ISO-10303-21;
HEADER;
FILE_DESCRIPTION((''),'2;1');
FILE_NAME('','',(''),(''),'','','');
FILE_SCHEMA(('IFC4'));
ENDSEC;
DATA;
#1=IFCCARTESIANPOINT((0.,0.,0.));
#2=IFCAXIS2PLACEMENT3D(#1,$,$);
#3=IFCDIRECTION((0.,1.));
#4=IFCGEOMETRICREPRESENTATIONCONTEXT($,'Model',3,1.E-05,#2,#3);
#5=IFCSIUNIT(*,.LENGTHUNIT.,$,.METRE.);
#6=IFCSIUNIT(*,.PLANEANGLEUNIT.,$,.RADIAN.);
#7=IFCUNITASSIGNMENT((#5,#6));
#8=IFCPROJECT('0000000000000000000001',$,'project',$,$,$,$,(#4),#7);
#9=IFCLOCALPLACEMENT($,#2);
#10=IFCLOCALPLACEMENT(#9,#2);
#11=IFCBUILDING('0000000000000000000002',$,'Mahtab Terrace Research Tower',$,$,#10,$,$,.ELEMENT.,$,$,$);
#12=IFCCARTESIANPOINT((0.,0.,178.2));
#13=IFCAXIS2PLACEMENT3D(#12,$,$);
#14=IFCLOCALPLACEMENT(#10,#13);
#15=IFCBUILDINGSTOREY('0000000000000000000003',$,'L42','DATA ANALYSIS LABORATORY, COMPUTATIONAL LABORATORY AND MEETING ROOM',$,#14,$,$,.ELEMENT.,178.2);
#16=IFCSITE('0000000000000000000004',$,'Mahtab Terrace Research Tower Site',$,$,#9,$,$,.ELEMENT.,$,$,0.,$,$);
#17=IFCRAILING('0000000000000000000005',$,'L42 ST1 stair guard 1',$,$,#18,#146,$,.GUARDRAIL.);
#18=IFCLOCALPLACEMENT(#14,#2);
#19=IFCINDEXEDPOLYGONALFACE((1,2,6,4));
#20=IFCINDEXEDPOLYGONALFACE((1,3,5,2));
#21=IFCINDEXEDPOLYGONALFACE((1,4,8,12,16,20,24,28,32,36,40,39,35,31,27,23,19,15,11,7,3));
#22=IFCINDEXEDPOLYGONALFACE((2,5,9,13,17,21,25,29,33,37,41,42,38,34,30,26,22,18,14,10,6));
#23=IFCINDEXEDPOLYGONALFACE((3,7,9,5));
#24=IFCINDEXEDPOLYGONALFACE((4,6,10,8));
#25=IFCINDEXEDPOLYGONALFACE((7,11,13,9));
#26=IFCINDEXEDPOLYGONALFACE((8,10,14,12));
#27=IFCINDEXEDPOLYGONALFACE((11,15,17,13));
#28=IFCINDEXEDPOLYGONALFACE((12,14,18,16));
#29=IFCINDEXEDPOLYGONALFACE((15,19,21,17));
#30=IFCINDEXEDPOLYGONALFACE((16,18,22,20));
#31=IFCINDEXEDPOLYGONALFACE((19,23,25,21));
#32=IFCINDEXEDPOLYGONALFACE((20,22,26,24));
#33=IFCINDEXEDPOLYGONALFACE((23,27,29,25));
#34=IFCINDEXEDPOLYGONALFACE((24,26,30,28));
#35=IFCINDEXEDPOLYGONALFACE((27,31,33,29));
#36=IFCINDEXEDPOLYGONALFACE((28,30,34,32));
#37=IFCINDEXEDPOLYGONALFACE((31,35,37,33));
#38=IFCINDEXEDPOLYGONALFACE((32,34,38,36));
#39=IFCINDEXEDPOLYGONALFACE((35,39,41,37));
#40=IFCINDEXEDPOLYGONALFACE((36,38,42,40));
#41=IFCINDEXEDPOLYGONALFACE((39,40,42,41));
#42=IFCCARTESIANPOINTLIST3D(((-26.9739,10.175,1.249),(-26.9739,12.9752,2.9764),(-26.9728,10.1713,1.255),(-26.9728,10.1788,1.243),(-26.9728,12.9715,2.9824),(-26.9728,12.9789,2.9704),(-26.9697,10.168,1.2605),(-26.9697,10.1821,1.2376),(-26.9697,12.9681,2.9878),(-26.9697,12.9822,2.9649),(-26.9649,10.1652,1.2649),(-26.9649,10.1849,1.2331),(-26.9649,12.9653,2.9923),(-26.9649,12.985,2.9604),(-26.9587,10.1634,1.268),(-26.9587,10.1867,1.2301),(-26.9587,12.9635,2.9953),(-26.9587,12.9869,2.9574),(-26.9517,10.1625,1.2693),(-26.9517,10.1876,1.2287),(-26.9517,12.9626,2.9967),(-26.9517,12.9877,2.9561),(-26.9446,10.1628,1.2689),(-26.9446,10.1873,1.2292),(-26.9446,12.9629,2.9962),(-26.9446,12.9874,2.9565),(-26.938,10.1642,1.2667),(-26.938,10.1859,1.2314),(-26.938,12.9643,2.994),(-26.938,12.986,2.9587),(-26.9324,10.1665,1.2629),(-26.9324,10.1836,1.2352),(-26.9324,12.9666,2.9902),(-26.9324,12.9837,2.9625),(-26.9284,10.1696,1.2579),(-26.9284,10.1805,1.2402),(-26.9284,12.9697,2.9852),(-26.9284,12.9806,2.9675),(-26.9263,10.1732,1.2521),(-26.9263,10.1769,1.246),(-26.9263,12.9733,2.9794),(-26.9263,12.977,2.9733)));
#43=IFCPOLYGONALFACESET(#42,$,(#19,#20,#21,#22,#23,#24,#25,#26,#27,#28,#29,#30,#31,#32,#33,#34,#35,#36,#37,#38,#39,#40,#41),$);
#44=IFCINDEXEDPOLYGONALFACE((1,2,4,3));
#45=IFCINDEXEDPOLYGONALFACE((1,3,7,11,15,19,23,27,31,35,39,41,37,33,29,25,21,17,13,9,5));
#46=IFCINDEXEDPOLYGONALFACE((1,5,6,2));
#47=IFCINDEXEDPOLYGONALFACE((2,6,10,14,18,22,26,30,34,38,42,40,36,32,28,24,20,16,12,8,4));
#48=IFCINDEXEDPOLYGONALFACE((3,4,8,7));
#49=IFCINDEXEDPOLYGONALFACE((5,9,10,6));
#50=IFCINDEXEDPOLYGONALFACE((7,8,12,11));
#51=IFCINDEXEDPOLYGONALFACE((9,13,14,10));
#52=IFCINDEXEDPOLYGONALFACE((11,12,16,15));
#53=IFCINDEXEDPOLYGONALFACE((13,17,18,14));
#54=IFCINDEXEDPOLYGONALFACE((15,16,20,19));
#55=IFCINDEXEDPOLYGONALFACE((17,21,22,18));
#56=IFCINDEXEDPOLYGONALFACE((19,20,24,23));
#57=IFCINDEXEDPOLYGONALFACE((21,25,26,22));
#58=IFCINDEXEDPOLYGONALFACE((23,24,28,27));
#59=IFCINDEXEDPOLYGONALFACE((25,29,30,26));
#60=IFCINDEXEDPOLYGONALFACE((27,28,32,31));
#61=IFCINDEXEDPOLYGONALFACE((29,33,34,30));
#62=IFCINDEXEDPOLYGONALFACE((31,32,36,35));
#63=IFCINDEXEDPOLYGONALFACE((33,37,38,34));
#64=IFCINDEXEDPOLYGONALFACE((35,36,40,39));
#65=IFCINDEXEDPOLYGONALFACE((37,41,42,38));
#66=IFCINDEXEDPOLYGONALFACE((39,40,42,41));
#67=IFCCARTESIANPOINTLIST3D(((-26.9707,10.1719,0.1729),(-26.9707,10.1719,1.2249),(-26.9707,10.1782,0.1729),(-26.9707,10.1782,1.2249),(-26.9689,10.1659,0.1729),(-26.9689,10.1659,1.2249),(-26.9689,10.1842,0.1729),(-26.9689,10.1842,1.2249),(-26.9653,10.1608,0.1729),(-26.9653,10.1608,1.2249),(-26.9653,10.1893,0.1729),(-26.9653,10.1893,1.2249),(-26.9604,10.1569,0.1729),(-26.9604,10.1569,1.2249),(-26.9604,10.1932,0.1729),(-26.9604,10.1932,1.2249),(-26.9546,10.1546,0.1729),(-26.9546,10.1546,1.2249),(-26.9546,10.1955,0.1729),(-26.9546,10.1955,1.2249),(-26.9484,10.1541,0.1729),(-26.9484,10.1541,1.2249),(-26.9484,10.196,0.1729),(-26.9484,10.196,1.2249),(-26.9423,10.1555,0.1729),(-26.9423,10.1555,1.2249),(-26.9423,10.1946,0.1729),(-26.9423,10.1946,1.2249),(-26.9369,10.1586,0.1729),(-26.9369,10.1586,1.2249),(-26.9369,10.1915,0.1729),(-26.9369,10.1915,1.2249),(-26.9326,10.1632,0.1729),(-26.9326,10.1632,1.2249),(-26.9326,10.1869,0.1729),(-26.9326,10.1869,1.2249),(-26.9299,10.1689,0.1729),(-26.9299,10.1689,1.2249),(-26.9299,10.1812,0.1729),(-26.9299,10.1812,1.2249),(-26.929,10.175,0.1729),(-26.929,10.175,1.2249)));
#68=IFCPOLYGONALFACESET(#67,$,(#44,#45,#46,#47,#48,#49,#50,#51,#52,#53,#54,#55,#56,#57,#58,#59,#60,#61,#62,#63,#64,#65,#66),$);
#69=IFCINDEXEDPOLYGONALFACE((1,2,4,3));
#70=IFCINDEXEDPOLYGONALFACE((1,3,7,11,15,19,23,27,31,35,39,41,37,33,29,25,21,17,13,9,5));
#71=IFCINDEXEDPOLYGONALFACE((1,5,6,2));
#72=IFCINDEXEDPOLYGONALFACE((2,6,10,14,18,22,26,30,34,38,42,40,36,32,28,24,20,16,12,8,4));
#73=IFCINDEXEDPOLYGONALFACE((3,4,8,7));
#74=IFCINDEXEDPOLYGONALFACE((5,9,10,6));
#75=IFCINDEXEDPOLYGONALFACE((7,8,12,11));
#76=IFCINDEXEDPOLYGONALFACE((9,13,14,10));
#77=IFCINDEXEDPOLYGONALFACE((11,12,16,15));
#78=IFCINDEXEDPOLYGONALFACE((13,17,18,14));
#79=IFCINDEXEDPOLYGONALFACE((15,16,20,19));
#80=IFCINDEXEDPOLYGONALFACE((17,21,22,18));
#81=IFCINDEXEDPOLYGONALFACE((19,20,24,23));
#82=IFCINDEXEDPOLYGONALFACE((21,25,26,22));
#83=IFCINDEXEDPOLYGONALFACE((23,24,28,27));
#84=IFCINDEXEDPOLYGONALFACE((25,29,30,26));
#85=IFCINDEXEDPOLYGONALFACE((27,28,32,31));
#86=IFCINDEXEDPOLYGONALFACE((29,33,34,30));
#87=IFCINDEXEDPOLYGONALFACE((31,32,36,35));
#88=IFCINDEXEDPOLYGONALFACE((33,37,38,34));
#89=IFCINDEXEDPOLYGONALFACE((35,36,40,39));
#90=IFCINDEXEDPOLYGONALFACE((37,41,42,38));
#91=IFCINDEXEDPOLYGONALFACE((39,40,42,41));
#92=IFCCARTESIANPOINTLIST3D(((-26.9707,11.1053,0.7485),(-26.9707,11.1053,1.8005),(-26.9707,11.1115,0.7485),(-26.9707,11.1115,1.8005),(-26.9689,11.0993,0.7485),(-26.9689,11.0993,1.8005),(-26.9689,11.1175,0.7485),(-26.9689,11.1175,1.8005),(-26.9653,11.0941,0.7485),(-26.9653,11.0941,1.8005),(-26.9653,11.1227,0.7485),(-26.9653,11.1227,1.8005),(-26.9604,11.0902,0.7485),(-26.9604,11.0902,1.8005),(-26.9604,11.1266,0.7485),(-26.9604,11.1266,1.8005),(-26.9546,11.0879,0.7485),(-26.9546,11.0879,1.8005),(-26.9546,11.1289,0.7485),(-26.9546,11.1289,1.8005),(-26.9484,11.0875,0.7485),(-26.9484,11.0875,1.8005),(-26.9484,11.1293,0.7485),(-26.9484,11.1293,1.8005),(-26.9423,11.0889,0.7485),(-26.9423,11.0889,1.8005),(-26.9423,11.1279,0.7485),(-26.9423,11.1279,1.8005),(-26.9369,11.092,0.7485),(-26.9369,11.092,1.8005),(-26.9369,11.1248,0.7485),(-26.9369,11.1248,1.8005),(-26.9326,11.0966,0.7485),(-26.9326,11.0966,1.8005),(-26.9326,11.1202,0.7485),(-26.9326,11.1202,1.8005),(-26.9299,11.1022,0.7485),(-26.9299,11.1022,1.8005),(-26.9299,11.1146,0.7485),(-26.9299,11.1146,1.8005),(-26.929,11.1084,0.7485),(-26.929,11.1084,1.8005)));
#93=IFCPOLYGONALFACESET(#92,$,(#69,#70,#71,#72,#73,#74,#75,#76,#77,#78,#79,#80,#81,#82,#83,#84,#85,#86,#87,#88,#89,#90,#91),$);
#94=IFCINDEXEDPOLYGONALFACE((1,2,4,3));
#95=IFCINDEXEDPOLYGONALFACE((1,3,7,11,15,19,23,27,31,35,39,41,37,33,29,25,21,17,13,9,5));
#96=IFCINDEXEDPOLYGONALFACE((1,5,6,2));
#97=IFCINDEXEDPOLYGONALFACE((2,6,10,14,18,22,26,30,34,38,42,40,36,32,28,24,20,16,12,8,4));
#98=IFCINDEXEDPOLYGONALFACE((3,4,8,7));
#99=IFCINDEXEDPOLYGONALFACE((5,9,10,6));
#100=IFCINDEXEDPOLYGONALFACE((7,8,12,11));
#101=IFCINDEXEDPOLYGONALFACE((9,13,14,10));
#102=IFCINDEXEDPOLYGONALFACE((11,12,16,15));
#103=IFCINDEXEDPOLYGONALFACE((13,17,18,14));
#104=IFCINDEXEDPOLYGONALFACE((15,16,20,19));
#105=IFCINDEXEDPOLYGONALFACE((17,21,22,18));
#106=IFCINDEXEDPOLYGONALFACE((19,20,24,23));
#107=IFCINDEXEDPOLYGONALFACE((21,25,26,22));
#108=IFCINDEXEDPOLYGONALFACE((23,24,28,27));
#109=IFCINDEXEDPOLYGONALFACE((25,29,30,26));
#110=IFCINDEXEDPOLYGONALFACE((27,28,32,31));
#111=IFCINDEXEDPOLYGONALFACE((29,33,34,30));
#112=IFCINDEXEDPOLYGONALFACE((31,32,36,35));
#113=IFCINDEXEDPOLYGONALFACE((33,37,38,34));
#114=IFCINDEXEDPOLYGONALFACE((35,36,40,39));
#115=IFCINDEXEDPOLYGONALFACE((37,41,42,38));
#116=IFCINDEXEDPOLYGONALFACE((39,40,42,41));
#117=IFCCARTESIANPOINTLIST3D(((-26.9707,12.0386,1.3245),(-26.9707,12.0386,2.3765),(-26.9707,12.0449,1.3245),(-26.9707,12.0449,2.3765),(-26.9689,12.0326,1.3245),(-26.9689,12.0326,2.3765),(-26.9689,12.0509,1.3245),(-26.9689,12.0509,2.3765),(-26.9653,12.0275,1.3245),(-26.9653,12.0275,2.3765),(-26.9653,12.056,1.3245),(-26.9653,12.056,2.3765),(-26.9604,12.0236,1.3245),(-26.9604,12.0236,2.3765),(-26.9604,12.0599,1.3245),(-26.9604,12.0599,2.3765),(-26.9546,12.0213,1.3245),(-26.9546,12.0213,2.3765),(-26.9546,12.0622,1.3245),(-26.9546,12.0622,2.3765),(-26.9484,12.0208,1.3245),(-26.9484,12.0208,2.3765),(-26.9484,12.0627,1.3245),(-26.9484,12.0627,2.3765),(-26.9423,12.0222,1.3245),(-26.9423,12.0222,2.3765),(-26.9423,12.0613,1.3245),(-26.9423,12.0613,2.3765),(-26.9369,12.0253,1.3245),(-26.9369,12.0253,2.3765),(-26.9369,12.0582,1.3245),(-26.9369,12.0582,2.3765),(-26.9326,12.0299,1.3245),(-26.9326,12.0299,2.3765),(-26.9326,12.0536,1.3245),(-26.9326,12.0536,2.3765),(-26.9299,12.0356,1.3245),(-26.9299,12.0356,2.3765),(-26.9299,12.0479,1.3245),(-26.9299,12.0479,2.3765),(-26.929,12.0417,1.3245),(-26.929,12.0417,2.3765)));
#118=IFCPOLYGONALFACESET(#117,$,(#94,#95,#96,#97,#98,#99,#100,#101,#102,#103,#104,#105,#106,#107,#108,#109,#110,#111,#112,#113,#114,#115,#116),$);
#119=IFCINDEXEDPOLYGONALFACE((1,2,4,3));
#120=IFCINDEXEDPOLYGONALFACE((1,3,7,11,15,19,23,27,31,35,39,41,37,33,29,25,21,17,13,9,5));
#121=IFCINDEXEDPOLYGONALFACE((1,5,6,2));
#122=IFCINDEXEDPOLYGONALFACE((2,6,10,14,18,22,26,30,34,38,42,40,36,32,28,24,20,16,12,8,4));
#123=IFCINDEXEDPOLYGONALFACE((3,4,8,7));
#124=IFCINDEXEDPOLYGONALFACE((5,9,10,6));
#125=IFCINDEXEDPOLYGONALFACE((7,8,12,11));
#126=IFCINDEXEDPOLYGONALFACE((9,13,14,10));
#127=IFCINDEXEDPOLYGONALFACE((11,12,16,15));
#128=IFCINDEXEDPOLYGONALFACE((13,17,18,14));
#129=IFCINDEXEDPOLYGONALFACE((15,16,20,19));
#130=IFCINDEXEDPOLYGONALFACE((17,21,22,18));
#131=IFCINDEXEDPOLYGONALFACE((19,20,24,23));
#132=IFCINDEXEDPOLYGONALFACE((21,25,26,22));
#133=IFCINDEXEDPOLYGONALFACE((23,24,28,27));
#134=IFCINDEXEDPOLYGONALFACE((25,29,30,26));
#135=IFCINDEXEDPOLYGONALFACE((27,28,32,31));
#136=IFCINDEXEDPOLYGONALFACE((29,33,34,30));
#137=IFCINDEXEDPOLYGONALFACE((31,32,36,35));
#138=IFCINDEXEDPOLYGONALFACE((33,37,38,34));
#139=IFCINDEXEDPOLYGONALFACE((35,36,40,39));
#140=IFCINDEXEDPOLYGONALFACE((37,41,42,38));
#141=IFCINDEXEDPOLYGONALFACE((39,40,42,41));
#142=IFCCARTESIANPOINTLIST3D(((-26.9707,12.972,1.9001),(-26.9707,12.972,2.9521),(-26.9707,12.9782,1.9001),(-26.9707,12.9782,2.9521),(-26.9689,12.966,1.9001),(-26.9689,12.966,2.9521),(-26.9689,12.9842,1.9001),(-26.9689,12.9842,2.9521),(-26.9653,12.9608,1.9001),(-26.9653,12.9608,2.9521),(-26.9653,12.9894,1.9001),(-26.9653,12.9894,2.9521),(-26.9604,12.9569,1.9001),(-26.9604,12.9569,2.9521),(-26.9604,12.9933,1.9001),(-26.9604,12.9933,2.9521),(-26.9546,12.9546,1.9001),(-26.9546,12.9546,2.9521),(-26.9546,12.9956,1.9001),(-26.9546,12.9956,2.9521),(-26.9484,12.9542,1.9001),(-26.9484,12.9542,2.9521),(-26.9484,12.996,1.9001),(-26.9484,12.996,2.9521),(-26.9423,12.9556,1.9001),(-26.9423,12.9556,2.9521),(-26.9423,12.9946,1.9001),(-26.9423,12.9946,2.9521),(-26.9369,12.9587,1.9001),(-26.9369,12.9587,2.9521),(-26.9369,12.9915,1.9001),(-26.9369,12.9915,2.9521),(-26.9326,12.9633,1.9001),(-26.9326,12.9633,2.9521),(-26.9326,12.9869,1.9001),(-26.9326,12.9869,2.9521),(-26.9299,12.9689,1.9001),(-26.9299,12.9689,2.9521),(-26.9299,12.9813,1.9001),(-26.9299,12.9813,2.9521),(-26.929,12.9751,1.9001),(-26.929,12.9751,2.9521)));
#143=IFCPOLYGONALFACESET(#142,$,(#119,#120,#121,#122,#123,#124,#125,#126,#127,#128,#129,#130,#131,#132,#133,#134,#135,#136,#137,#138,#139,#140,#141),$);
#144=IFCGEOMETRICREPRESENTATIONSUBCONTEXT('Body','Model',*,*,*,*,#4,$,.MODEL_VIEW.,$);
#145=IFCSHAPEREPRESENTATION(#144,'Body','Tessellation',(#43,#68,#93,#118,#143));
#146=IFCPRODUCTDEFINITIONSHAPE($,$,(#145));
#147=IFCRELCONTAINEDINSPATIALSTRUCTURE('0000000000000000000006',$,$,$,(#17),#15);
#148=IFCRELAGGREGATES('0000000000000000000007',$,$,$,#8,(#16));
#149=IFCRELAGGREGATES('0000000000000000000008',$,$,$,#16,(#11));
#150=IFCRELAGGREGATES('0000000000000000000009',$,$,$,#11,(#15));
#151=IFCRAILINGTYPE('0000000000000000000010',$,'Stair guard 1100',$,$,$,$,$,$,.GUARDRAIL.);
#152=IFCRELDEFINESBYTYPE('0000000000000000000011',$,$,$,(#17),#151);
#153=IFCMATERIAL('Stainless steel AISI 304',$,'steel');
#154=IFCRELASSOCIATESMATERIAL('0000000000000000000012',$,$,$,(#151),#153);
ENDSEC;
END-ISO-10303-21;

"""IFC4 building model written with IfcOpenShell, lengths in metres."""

from ifc_helpers import new_model, si_unit, direction, frame, origin, origin_2d, place, context, subcontext, project, spatial, circle, extrude, material, type_object, element, save


model = new_model("IFC4")

# Units and contexts
model_context = context("Model", 3, precision=1e-05, world=origin(), true_north=direction((0.0, 1.0)))
body_context = subcontext(model_context, "Body", "Model", "MODEL_VIEW")
ifc_project = project(units=[si_unit("LENGTHUNIT", "METRE"), si_unit("PLANEANGLEUNIT", "RADIAN")], contexts=[model_context])

# Site, building, storey
site_placement = place(None, origin())
site = spatial("IfcSite", under=ifc_project, at=site_placement, Name="Mahtab Terrace Research Tower Site", CompositionType="ELEMENT", RefElevation=0.0)
building_placement = place(site_placement, origin())
building = spatial("IfcBuilding", under=site, at=building_placement, Name="Mahtab Terrace Research Tower", CompositionType="ELEMENT")
storey_placement = place(building_placement, frame((0.0, 0.0, 178.2)))
storey = spatial("IfcBuildingStorey", under=building, at=storey_placement, Name="L42", Description="DATA ANALYSIS LABORATORY, COMPUTATIONAL LABORATORY AND MEETING ROOM", CompositionType="ELEMENT", Elevation=178.2)

# Railing
ifc_material_1 = material(Name="Stainless steel AISI 304", Category="steel")
railing_type_1 = type_object("IfcRailingType", Name="Stair guard 1100", PredefinedType="GUARDRAIL", material=ifc_material_1)
railing_1_placement = place(storey_placement, frame((-26.95, 10.175, 0.1729)))
element("IfcRailing", 1, at=railing_1_placement, inside=storey, type_object=railing_type_1, Name="L42 ST1 stair guard 1", PredefinedType="GUARDRAIL", context=body_context, shape_type="SweptSolid", body=[
    extrude(circle(Radius=0.0239, at=origin_2d()), frame((0.0, 0.0, 1.0762), z_axis=(0.0, 0.85109, 0.52502), x_axis=(-1.0, 0.0, 0.0)), (0.0, 0.0, 1.0), 3.29),
    extrude(circle(Radius=0.021, at=origin_2d()), origin(), (0.0, 0.0, 1.0), 1.052),
    extrude(circle(Radius=0.021, at=origin_2d()), frame((0.0, 0.9333, 0.5757)), (0.0, 0.0, 1.0), 1.052),
    extrude(circle(Radius=0.021, at=origin_2d()), frame((0.0, 1.8667, 1.1516)), (0.0, 0.0, 1.0), 1.052),
    extrude(circle(Radius=0.021, at=origin_2d()), frame((0.0, 2.8, 1.7273)), (0.0, 0.0, 1.0), 1.052),
])

save(model, "model.ifc")
